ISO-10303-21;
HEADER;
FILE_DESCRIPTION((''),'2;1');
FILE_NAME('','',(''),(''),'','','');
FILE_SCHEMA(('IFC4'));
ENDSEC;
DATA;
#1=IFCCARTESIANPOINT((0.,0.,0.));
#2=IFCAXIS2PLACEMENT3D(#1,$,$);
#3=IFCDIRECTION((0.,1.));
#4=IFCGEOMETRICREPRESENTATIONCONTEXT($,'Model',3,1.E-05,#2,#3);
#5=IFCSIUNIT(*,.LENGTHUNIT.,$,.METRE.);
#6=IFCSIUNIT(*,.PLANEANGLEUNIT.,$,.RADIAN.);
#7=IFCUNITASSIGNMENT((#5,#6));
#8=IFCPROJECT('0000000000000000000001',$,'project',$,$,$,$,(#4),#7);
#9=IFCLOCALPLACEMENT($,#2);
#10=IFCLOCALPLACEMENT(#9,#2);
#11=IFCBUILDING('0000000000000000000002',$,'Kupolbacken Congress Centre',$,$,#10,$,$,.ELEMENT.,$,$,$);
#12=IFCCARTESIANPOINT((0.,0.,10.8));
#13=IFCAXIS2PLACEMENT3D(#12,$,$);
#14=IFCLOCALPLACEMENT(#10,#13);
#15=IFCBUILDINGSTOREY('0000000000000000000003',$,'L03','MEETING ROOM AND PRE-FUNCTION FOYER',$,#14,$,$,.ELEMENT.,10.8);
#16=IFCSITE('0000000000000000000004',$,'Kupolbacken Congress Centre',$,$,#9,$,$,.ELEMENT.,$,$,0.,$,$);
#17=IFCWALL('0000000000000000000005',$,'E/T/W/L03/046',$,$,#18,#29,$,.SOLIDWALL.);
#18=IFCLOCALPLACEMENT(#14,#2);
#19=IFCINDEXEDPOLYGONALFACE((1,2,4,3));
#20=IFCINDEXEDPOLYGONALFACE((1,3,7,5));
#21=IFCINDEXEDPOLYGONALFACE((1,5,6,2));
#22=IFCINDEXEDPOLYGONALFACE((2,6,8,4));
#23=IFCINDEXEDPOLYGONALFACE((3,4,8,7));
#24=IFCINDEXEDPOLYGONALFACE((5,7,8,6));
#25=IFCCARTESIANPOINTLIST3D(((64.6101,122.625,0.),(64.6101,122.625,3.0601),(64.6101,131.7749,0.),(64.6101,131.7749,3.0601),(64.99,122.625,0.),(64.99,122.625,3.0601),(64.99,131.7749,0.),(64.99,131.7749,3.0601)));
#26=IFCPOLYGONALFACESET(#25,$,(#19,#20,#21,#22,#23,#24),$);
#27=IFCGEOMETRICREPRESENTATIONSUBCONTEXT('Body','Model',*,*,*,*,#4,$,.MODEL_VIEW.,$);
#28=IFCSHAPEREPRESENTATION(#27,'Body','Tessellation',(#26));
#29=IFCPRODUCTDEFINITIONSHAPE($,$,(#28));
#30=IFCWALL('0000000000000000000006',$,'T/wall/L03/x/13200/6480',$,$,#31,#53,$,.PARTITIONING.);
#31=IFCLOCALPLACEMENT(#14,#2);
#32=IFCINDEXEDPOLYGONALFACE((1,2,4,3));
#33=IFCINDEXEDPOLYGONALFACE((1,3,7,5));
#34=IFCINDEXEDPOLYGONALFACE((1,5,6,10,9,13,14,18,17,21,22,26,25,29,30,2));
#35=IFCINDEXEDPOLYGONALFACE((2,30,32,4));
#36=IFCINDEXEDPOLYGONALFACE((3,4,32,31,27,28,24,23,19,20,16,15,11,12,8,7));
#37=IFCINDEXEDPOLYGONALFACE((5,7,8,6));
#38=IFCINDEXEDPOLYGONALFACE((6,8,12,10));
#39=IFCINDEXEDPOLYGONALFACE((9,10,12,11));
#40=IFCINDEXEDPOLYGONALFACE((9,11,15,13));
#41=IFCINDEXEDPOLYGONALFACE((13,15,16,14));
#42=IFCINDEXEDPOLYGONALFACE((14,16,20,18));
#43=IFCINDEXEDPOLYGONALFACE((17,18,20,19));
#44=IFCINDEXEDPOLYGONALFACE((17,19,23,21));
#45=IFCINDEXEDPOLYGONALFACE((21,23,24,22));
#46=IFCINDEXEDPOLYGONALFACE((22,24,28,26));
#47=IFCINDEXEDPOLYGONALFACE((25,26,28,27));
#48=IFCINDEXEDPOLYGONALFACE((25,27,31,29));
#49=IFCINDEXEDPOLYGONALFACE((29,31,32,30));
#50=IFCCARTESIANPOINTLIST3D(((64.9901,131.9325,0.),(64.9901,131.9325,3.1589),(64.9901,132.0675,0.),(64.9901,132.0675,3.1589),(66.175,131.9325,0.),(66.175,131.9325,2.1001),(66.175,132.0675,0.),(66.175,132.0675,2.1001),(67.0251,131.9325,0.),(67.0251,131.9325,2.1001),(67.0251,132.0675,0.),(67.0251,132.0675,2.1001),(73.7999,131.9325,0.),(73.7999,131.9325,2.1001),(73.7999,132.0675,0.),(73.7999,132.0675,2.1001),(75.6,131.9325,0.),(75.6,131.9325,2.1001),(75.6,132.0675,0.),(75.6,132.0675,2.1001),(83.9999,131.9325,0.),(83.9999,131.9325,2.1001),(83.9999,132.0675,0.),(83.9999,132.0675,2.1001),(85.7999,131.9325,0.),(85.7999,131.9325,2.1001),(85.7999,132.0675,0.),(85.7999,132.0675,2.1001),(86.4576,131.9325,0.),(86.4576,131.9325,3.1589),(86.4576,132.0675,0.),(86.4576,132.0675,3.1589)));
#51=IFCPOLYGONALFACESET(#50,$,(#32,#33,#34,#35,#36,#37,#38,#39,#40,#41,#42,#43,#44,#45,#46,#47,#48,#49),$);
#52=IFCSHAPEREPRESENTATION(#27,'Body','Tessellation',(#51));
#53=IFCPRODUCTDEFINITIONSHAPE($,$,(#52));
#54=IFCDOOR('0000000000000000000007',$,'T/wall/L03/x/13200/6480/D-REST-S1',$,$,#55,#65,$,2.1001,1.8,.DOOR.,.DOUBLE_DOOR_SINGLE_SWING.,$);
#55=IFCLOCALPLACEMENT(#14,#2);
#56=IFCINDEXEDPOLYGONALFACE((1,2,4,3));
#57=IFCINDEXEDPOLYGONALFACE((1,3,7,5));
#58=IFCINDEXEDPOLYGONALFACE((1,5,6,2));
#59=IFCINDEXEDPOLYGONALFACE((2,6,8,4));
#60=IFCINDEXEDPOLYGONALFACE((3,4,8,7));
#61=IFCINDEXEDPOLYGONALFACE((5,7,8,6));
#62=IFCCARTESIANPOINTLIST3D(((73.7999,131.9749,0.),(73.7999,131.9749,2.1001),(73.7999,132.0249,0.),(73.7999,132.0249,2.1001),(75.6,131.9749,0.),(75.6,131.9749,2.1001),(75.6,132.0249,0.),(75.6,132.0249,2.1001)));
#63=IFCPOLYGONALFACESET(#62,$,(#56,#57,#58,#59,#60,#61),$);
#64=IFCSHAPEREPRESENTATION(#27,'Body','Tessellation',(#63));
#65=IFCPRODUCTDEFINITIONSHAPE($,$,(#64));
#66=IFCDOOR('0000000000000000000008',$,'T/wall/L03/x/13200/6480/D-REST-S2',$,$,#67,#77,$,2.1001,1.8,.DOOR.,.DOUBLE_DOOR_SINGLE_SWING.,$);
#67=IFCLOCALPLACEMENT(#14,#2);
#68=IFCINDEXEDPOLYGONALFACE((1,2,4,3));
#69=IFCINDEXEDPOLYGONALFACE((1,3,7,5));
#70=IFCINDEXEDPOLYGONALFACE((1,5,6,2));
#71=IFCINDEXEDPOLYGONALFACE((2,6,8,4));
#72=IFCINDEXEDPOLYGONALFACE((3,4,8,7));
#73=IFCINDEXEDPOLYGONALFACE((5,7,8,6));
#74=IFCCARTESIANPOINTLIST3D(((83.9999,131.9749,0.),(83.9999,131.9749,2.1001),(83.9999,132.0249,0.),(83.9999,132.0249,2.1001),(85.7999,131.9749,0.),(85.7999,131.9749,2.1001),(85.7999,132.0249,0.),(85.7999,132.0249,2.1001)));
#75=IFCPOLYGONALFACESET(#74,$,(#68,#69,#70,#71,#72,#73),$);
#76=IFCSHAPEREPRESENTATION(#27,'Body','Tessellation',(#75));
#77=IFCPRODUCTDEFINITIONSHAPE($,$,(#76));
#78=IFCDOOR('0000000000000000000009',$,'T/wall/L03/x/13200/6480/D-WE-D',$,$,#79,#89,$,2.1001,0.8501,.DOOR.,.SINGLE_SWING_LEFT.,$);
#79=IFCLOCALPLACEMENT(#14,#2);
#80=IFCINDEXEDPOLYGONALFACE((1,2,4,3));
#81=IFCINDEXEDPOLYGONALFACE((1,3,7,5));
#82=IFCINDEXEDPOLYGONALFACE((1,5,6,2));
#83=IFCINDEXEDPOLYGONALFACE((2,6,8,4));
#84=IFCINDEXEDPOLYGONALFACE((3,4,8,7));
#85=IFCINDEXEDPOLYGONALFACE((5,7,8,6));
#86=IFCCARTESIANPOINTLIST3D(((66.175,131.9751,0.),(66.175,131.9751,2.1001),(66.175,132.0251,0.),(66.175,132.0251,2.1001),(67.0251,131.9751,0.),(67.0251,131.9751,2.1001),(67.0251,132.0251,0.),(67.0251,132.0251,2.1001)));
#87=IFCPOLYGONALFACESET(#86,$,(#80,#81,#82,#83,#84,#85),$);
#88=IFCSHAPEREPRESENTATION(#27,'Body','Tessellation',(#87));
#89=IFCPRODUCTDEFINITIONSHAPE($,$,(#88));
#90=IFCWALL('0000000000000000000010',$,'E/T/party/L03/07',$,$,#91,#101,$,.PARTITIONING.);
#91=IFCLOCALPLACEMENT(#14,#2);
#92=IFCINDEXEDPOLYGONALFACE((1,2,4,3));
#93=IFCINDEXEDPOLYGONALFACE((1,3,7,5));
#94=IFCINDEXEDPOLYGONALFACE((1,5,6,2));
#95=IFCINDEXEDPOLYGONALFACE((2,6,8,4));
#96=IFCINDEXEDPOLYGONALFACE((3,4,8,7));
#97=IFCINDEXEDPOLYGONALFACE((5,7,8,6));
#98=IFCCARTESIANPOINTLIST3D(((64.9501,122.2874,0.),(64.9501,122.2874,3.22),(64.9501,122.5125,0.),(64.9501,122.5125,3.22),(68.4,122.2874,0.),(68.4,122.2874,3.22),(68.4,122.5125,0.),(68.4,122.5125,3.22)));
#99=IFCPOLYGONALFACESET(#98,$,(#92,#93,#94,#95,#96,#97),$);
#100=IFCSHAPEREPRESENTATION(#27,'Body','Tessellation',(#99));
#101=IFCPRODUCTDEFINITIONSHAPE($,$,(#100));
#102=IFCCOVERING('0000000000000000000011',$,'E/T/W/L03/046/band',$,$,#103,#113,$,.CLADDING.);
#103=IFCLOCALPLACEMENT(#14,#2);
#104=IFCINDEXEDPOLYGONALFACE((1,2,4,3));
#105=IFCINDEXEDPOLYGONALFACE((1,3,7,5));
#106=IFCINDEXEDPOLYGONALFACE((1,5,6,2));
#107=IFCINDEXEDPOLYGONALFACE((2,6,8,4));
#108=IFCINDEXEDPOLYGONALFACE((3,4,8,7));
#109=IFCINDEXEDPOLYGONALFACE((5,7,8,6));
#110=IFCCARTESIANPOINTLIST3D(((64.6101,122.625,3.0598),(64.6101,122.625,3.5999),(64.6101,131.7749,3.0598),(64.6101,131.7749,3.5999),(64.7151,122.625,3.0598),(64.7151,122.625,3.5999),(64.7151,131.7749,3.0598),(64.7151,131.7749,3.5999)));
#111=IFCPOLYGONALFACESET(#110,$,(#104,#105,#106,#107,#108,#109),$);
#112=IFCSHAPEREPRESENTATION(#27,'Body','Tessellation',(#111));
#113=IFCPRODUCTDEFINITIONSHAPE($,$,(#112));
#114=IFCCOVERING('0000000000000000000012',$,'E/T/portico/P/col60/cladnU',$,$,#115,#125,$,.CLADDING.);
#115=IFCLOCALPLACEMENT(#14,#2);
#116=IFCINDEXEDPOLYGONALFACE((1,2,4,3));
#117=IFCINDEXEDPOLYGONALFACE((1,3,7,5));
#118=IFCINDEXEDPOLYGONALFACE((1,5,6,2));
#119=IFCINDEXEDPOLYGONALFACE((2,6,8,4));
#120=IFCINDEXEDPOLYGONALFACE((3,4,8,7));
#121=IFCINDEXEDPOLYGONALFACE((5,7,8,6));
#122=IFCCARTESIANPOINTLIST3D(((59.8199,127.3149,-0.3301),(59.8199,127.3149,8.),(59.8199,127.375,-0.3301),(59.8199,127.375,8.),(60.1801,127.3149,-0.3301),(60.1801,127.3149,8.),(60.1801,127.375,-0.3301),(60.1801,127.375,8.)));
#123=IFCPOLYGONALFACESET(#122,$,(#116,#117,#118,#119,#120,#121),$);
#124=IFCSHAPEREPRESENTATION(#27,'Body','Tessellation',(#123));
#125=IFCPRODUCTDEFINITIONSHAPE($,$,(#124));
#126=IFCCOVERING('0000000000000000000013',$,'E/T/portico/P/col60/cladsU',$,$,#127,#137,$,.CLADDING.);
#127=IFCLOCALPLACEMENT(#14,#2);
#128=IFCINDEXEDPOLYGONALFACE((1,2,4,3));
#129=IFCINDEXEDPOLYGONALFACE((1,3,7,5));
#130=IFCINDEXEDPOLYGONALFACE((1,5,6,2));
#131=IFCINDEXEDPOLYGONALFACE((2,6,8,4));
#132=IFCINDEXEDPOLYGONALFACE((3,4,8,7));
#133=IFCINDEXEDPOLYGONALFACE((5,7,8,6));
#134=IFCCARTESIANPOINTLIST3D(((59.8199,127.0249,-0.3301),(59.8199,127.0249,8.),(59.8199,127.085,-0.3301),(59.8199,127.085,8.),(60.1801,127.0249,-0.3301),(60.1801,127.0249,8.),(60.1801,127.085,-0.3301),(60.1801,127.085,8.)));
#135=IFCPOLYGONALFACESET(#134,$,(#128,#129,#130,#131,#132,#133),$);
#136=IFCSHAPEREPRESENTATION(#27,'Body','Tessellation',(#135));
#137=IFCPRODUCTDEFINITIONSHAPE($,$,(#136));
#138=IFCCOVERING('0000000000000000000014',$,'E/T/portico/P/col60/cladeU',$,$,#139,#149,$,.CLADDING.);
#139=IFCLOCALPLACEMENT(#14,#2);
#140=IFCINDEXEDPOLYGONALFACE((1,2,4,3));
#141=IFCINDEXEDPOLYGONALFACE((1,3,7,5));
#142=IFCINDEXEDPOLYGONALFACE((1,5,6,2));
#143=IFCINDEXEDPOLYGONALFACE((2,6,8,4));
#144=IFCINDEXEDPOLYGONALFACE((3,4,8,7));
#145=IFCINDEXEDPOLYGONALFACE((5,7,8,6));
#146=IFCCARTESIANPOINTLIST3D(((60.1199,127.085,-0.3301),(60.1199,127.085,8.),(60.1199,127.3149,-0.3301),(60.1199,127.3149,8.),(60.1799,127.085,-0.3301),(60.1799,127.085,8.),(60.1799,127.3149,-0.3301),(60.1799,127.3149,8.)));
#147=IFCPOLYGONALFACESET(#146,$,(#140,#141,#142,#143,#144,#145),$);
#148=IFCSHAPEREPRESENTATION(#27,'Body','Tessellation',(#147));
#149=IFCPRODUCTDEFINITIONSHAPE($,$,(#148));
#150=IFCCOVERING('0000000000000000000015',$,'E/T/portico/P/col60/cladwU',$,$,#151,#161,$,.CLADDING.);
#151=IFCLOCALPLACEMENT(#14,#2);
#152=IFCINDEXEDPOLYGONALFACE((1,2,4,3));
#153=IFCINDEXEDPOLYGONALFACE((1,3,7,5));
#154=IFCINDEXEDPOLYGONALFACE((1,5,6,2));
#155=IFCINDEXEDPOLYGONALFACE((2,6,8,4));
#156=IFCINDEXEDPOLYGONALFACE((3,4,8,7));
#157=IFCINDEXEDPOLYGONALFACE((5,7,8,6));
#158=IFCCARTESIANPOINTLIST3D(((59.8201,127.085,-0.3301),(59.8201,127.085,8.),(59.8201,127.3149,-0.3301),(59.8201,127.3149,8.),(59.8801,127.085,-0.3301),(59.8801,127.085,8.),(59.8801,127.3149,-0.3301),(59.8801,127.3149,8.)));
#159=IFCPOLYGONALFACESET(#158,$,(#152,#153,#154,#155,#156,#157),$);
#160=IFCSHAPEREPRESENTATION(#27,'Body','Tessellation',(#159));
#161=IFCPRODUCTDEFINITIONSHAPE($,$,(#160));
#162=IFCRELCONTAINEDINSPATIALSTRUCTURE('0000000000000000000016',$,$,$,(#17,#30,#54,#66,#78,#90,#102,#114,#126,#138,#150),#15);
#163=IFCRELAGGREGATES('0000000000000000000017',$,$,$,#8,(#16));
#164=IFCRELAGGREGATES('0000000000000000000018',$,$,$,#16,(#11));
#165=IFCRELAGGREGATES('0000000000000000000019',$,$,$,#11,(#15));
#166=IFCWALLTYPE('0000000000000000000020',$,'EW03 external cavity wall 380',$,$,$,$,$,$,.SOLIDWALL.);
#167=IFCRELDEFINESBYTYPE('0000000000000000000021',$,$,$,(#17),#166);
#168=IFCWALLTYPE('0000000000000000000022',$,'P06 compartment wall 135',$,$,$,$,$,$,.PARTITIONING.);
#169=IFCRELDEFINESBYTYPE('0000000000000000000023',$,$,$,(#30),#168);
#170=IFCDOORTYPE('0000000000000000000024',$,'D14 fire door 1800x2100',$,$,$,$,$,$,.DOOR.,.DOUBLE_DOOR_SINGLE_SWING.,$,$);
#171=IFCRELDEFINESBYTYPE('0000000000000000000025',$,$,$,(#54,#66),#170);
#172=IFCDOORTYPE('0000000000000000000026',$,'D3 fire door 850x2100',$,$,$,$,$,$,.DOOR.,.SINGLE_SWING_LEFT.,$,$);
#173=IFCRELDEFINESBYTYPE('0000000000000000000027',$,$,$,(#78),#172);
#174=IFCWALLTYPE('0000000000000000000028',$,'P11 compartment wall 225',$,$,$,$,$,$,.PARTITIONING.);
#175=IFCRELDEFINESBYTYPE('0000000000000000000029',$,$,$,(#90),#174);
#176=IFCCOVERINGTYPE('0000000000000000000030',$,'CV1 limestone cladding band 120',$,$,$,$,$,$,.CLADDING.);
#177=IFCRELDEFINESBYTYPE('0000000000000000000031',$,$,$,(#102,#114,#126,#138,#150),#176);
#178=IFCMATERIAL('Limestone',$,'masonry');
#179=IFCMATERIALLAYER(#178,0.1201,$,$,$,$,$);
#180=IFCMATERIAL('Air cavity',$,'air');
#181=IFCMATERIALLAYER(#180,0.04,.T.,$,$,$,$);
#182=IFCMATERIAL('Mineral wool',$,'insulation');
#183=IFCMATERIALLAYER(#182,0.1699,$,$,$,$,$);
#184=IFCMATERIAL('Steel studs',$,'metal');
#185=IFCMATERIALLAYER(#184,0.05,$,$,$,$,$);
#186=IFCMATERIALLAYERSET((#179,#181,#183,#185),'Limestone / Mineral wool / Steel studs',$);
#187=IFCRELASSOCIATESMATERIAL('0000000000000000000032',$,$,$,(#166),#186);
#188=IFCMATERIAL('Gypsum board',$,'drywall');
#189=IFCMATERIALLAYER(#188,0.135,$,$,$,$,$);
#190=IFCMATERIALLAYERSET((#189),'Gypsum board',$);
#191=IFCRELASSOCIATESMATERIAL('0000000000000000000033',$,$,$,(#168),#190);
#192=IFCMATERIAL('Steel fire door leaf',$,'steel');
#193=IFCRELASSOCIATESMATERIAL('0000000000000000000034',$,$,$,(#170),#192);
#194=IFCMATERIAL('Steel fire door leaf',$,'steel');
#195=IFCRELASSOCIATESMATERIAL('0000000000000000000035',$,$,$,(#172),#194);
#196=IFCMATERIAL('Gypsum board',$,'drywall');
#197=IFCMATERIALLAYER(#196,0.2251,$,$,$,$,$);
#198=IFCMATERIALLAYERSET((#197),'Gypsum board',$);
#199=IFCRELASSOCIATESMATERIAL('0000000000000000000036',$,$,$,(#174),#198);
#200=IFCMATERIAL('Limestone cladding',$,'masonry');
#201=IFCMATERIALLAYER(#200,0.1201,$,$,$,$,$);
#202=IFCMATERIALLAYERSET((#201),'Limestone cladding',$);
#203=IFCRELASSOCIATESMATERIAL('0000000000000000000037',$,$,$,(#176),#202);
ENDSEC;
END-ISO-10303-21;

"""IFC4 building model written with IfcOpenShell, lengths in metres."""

from ifc_helpers import new_model, si_unit, direction, frame, frame_2d, origin, origin_2d, place, context, subcontext, project, spatial, rectangle, extrude, material, layer, layer_set, type_object, element, fill, save


model = new_model("IFC4")

# Units and contexts
model_context = context("Model", 3, precision=1e-05, world=origin(), true_north=direction((0.0, 1.0)))
body_context = subcontext(model_context, "Body", "Model", "MODEL_VIEW")
ifc_project = project(units=[si_unit("LENGTHUNIT", "METRE"), si_unit("PLANEANGLEUNIT", "RADIAN")], contexts=[model_context])

# Site, building, storey
site_placement = place(None, origin())
site = spatial("IfcSite", under=ifc_project, at=site_placement, Name="Kupolbacken Congress Centre", CompositionType="ELEMENT", RefElevation=0.0)
building_placement = place(site_placement, origin())
building = spatial("IfcBuilding", under=site, at=building_placement, Name="Kupolbacken Congress Centre", CompositionType="ELEMENT")
storey_placement = place(building_placement, frame((0.0, 0.0, 10.8)))
storey = spatial("IfcBuildingStorey", under=building, at=storey_placement, Name="L03", Description="MEETING ROOM AND PRE-FUNCTION FOYER", CompositionType="ELEMENT", Elevation=10.8)

# Wall
ifc_material_1 = material(Name="Limestone", Category="masonry")
ifc_layer_1 = layer(ifc_material_1, 0.1201)
ifc_material_2 = material(Name="Air cavity", Category="air")
ifc_layer_2 = layer(ifc_material_2, 0.04, ventilated=True)
ifc_material_3 = material(Name="Mineral wool", Category="insulation")
ifc_layer_3 = layer(ifc_material_3, 0.1699)
ifc_material_4 = material(Name="Steel studs", Category="metal")
ifc_layer_4 = layer(ifc_material_4, 0.05)
ifc_layer_set_1 = layer_set([ifc_layer_1, ifc_layer_2, ifc_layer_3, ifc_layer_4], Name="Limestone / Mineral wool / Steel studs")
wall_type_1 = type_object("IfcWallType", Name="EW03 external cavity wall 380", PredefinedType="SOLIDWALL", material=ifc_layer_set_1)
wall_1_placement = place(storey_placement, frame((64.8, 131.7749, 0.0), z_axis=(0.0, 0.0, 1.0), x_axis=(0.0, -1.0, 0.0)))
element("IfcWall", 1, at=wall_1_placement, inside=storey, type_object=wall_type_1, Name="E/T/W/L03/046", PredefinedType="SOLIDWALL", context=body_context, shape_type="SweptSolid", body=[
    extrude(rectangle(XDim=9.1499, YDim=0.3799, at=frame_2d((4.575, 0.0))), origin(), (0.0, 0.0, 1.0), 3.0601),
])

# Wall, openings, doors
ifc_material_5 = material(Name="Gypsum board", Category="drywall")
ifc_layer_5 = layer(ifc_material_5, 0.135)
ifc_layer_set_2 = layer_set([ifc_layer_5], Name="Gypsum board")
wall_type_2 = type_object("IfcWallType", Name="P06 compartment wall 135", PredefinedType="PARTITIONING", material=ifc_layer_set_2)
wall_2_placement = place(storey_placement, frame((64.99, 132.0, 0.0), z_axis=(0.0, 0.0, 1.0), x_axis=(1.0, 0.0, 0.0)))
wall_2 = element("IfcWall", 2, at=wall_2_placement, inside=storey, type_object=wall_type_2, Name="T/wall/L03/x/13200/6480", PredefinedType="PARTITIONING", context=body_context, shape_type="SweptSolid", body=[
    extrude(rectangle(XDim=21.4675, YDim=0.135, at=frame_2d((10.7339, 0.0))), origin(), (0.0, 0.0, 1.0), 3.1589),
])
opening_1_placement = place(wall_2_placement, frame((1.1851, 0.0, 0.0)))
opening_1 = element("IfcOpeningElement", 3, at=opening_1_placement, cuts=wall_2, PredefinedType="OPENING", context=body_context, shape_type="SweptSolid", body=[
    extrude(rectangle(XDim=0.8501, YDim=2.1001, at=frame_2d((0.425, 1.05))), frame((0.0, 0.0774, 0.0), z_axis=(0.0, -1.0, 0.0), x_axis=(1.0, 0.0, 0.0)), (0.0, 0.0, 1.0), 0.155),
])
opening_2_placement = place(wall_2_placement, frame((8.8101, 0.0, 0.0)))
opening_2 = element("IfcOpeningElement", 4, at=opening_2_placement, cuts=wall_2, PredefinedType="OPENING", context=body_context, shape_type="SweptSolid", body=[
    extrude(rectangle(XDim=1.8, YDim=2.1001, at=frame_2d((0.8999, 1.05))), frame((0.0, 0.0774, 0.0), z_axis=(0.0, -1.0, 0.0), x_axis=(1.0, 0.0, 0.0)), (0.0, 0.0, 1.0), 0.155),
])
opening_3_placement = place(wall_2_placement, frame((19.01, 0.0, 0.0)))
opening_3 = element("IfcOpeningElement", 5, at=opening_3_placement, cuts=wall_2, PredefinedType="OPENING", context=body_context, shape_type="SweptSolid", body=[
    extrude(rectangle(XDim=1.8, YDim=2.1001, at=frame_2d((0.8999, 1.05))), frame((0.0, 0.0774, 0.0), z_axis=(0.0, -1.0, 0.0), x_axis=(1.0, 0.0, 0.0)), (0.0, 0.0, 1.0), 0.155),
])
ifc_material_6 = material(Name="Steel fire door leaf", Category="steel")
door_type_1 = type_object("IfcDoorType", Name="D14 fire door 1800x2100", OperationType="DOUBLE_DOOR_SINGLE_SWING", PredefinedType="DOOR", material=ifc_material_6)
door_1_placement = place(opening_2_placement, origin())
door_1 = element("IfcDoor", 6, at=door_1_placement, inside=storey, type_object=door_type_1, Name="T/wall/L03/x/13200/6480/D-REST-S1", OperationType="DOUBLE_DOOR_SINGLE_SWING", OverallHeight=2.1001, OverallWidth=1.8, PredefinedType="DOOR", context=body_context, shape_type="SweptSolid", body=[
    extrude(rectangle(XDim=1.8, YDim=2.1001, at=frame_2d((0.8999, 1.05))), frame((0.0, 0.0249, 0.0), z_axis=(0.0, -1.0, 0.0), x_axis=(1.0, 0.0, 0.0)), (0.0, 0.0, 1.0), 0.05),
])
fill(opening_2, door_1)
door_2_placement = place(opening_3_placement, origin())
door_2 = element("IfcDoor", 7, at=door_2_placement, inside=storey, type_object=door_type_1, Name="T/wall/L03/x/13200/6480/D-REST-S2", OperationType="DOUBLE_DOOR_SINGLE_SWING", OverallHeight=2.1001, OverallWidth=1.8, PredefinedType="DOOR", context=body_context, shape_type="SweptSolid", body=[
    extrude(rectangle(XDim=1.8, YDim=2.1001, at=frame_2d((0.8999, 1.05))), frame((0.0, 0.0249, 0.0), z_axis=(0.0, -1.0, 0.0), x_axis=(1.0, 0.0, 0.0)), (0.0, 0.0, 1.0), 0.05),
])
fill(opening_3, door_2)
ifc_material_7 = material(Name="Steel fire door leaf", Category="steel")
door_type_2 = type_object("IfcDoorType", Name="D3 fire door 850x2100", OperationType="SINGLE_SWING_LEFT", PredefinedType="DOOR", material=ifc_material_7)
door_3_placement = place(opening_1_placement, frame((0.8501, 0.0, 0.0), z_axis=(0.0, 0.0, 1.0), x_axis=(-1.0, 0.0, 0.0)))
door_3 = element("IfcDoor", 8, at=door_3_placement, inside=storey, type_object=door_type_2, Name="T/wall/L03/x/13200/6480/D-WE-D", OperationType="SINGLE_SWING_LEFT", OverallHeight=2.1001, OverallWidth=0.8501, PredefinedType="DOOR", context=body_context, shape_type="SweptSolid", body=[
    extrude(rectangle(XDim=0.8501, YDim=2.1001, at=frame_2d((0.425, 1.05))), frame((0.0, 0.0249, 0.0), z_axis=(0.0, -1.0, 0.0), x_axis=(1.0, 0.0, 0.0)), (0.0, 0.0, 1.0), 0.05),
])
fill(opening_1, door_3)

# Wall
ifc_material_8 = material(Name="Gypsum board", Category="drywall")
ifc_layer_6 = layer(ifc_material_8, 0.2251)
ifc_layer_set_3 = layer_set([ifc_layer_6], Name="Gypsum board")
wall_type_3 = type_object("IfcWallType", Name="P11 compartment wall 225", PredefinedType="PARTITIONING", material=ifc_layer_set_3)
wall_3_placement = place(storey_placement, frame((64.95, 122.3999, 0.0), z_axis=(0.0, 0.0, 1.0), x_axis=(1.0, 0.0, 0.0)))
element("IfcWall", 9, at=wall_3_placement, inside=storey, type_object=wall_type_3, Name="E/T/party/L03/07", PredefinedType="PARTITIONING", context=body_context, shape_type="SweptSolid", body=[
    extrude(rectangle(XDim=3.45, YDim=0.2251, at=frame_2d((1.7251, 0.0))), origin(), (0.0, 0.0, 1.0), 3.22),
])

# Coverings
ifc_material_9 = material(Name="Limestone cladding", Category="masonry")
ifc_layer_7 = layer(ifc_material_9, 0.1201)
ifc_layer_set_4 = layer_set([ifc_layer_7], Name="Limestone cladding")
covering_type = type_object("IfcCoveringType", Name="CV1 limestone cladding band 120", PredefinedType="CLADDING", material=ifc_layer_set_4)
covering_1_placement = place(storey_placement, frame((64.6626, 127.2, 3.0598), z_axis=(0.0, 0.0, 1.0), x_axis=(0.0, -1.0, 0.0)))
element("IfcCovering", 10, at=covering_1_placement, inside=storey, type_object=covering_type, Name="E/T/W/L03/046/band", PredefinedType="CLADDING", context=body_context, shape_type="SweptSolid", body=[
    extrude(rectangle(XDim=9.1499, YDim=0.105, at=origin_2d()), origin(), (0.0, 0.0, 1.0), 0.54),
])
for number, where, z_axis, x_axis, name in (
    (11, (60.0, 127.345, -0.3301), (0.0, 0.0, 1.0), (1.0, 0.0, 0.0), "E/T/portico/P/col60/cladnU"),
    (12, (60.0, 127.0549, -0.3301), (0.0, 0.0, 1.0), (1.0, 0.0, 0.0), "E/T/portico/P/col60/cladsU"),
):
    element("IfcCovering", number, at=place(storey_placement, frame(where, z_axis=z_axis, x_axis=x_axis)), inside=storey, type_object=covering_type, Name=name, PredefinedType="CLADDING", context=body_context, shape_type="SweptSolid", body=[
        extrude(rectangle(XDim=0.3601, YDim=0.0601, at=origin_2d()), origin(), (0.0, 0.0, 1.0), 8.3301),
    ])
for number, where, z_axis, x_axis, name in (
    (13, (60.1499, 127.2, -0.3301), (0.0, 0.0, 1.0), (1.0, 0.0, 0.0), "E/T/portico/P/col60/cladeU"),
    (14, (59.8501, 127.2, -0.3301), (0.0, 0.0, 1.0), (1.0, 0.0, 0.0), "E/T/portico/P/col60/cladwU"),
):
    element("IfcCovering", number, at=place(storey_placement, frame(where, z_axis=z_axis, x_axis=x_axis)), inside=storey, type_object=covering_type, Name=name, PredefinedType="CLADDING", context=body_context, shape_type="SweptSolid", body=[
        extrude(rectangle(XDim=0.0601, YDim=0.23, at=origin_2d()), origin(), (0.0, 0.0, 1.0), 8.3301),
    ])

save(model, "model.ifc")
